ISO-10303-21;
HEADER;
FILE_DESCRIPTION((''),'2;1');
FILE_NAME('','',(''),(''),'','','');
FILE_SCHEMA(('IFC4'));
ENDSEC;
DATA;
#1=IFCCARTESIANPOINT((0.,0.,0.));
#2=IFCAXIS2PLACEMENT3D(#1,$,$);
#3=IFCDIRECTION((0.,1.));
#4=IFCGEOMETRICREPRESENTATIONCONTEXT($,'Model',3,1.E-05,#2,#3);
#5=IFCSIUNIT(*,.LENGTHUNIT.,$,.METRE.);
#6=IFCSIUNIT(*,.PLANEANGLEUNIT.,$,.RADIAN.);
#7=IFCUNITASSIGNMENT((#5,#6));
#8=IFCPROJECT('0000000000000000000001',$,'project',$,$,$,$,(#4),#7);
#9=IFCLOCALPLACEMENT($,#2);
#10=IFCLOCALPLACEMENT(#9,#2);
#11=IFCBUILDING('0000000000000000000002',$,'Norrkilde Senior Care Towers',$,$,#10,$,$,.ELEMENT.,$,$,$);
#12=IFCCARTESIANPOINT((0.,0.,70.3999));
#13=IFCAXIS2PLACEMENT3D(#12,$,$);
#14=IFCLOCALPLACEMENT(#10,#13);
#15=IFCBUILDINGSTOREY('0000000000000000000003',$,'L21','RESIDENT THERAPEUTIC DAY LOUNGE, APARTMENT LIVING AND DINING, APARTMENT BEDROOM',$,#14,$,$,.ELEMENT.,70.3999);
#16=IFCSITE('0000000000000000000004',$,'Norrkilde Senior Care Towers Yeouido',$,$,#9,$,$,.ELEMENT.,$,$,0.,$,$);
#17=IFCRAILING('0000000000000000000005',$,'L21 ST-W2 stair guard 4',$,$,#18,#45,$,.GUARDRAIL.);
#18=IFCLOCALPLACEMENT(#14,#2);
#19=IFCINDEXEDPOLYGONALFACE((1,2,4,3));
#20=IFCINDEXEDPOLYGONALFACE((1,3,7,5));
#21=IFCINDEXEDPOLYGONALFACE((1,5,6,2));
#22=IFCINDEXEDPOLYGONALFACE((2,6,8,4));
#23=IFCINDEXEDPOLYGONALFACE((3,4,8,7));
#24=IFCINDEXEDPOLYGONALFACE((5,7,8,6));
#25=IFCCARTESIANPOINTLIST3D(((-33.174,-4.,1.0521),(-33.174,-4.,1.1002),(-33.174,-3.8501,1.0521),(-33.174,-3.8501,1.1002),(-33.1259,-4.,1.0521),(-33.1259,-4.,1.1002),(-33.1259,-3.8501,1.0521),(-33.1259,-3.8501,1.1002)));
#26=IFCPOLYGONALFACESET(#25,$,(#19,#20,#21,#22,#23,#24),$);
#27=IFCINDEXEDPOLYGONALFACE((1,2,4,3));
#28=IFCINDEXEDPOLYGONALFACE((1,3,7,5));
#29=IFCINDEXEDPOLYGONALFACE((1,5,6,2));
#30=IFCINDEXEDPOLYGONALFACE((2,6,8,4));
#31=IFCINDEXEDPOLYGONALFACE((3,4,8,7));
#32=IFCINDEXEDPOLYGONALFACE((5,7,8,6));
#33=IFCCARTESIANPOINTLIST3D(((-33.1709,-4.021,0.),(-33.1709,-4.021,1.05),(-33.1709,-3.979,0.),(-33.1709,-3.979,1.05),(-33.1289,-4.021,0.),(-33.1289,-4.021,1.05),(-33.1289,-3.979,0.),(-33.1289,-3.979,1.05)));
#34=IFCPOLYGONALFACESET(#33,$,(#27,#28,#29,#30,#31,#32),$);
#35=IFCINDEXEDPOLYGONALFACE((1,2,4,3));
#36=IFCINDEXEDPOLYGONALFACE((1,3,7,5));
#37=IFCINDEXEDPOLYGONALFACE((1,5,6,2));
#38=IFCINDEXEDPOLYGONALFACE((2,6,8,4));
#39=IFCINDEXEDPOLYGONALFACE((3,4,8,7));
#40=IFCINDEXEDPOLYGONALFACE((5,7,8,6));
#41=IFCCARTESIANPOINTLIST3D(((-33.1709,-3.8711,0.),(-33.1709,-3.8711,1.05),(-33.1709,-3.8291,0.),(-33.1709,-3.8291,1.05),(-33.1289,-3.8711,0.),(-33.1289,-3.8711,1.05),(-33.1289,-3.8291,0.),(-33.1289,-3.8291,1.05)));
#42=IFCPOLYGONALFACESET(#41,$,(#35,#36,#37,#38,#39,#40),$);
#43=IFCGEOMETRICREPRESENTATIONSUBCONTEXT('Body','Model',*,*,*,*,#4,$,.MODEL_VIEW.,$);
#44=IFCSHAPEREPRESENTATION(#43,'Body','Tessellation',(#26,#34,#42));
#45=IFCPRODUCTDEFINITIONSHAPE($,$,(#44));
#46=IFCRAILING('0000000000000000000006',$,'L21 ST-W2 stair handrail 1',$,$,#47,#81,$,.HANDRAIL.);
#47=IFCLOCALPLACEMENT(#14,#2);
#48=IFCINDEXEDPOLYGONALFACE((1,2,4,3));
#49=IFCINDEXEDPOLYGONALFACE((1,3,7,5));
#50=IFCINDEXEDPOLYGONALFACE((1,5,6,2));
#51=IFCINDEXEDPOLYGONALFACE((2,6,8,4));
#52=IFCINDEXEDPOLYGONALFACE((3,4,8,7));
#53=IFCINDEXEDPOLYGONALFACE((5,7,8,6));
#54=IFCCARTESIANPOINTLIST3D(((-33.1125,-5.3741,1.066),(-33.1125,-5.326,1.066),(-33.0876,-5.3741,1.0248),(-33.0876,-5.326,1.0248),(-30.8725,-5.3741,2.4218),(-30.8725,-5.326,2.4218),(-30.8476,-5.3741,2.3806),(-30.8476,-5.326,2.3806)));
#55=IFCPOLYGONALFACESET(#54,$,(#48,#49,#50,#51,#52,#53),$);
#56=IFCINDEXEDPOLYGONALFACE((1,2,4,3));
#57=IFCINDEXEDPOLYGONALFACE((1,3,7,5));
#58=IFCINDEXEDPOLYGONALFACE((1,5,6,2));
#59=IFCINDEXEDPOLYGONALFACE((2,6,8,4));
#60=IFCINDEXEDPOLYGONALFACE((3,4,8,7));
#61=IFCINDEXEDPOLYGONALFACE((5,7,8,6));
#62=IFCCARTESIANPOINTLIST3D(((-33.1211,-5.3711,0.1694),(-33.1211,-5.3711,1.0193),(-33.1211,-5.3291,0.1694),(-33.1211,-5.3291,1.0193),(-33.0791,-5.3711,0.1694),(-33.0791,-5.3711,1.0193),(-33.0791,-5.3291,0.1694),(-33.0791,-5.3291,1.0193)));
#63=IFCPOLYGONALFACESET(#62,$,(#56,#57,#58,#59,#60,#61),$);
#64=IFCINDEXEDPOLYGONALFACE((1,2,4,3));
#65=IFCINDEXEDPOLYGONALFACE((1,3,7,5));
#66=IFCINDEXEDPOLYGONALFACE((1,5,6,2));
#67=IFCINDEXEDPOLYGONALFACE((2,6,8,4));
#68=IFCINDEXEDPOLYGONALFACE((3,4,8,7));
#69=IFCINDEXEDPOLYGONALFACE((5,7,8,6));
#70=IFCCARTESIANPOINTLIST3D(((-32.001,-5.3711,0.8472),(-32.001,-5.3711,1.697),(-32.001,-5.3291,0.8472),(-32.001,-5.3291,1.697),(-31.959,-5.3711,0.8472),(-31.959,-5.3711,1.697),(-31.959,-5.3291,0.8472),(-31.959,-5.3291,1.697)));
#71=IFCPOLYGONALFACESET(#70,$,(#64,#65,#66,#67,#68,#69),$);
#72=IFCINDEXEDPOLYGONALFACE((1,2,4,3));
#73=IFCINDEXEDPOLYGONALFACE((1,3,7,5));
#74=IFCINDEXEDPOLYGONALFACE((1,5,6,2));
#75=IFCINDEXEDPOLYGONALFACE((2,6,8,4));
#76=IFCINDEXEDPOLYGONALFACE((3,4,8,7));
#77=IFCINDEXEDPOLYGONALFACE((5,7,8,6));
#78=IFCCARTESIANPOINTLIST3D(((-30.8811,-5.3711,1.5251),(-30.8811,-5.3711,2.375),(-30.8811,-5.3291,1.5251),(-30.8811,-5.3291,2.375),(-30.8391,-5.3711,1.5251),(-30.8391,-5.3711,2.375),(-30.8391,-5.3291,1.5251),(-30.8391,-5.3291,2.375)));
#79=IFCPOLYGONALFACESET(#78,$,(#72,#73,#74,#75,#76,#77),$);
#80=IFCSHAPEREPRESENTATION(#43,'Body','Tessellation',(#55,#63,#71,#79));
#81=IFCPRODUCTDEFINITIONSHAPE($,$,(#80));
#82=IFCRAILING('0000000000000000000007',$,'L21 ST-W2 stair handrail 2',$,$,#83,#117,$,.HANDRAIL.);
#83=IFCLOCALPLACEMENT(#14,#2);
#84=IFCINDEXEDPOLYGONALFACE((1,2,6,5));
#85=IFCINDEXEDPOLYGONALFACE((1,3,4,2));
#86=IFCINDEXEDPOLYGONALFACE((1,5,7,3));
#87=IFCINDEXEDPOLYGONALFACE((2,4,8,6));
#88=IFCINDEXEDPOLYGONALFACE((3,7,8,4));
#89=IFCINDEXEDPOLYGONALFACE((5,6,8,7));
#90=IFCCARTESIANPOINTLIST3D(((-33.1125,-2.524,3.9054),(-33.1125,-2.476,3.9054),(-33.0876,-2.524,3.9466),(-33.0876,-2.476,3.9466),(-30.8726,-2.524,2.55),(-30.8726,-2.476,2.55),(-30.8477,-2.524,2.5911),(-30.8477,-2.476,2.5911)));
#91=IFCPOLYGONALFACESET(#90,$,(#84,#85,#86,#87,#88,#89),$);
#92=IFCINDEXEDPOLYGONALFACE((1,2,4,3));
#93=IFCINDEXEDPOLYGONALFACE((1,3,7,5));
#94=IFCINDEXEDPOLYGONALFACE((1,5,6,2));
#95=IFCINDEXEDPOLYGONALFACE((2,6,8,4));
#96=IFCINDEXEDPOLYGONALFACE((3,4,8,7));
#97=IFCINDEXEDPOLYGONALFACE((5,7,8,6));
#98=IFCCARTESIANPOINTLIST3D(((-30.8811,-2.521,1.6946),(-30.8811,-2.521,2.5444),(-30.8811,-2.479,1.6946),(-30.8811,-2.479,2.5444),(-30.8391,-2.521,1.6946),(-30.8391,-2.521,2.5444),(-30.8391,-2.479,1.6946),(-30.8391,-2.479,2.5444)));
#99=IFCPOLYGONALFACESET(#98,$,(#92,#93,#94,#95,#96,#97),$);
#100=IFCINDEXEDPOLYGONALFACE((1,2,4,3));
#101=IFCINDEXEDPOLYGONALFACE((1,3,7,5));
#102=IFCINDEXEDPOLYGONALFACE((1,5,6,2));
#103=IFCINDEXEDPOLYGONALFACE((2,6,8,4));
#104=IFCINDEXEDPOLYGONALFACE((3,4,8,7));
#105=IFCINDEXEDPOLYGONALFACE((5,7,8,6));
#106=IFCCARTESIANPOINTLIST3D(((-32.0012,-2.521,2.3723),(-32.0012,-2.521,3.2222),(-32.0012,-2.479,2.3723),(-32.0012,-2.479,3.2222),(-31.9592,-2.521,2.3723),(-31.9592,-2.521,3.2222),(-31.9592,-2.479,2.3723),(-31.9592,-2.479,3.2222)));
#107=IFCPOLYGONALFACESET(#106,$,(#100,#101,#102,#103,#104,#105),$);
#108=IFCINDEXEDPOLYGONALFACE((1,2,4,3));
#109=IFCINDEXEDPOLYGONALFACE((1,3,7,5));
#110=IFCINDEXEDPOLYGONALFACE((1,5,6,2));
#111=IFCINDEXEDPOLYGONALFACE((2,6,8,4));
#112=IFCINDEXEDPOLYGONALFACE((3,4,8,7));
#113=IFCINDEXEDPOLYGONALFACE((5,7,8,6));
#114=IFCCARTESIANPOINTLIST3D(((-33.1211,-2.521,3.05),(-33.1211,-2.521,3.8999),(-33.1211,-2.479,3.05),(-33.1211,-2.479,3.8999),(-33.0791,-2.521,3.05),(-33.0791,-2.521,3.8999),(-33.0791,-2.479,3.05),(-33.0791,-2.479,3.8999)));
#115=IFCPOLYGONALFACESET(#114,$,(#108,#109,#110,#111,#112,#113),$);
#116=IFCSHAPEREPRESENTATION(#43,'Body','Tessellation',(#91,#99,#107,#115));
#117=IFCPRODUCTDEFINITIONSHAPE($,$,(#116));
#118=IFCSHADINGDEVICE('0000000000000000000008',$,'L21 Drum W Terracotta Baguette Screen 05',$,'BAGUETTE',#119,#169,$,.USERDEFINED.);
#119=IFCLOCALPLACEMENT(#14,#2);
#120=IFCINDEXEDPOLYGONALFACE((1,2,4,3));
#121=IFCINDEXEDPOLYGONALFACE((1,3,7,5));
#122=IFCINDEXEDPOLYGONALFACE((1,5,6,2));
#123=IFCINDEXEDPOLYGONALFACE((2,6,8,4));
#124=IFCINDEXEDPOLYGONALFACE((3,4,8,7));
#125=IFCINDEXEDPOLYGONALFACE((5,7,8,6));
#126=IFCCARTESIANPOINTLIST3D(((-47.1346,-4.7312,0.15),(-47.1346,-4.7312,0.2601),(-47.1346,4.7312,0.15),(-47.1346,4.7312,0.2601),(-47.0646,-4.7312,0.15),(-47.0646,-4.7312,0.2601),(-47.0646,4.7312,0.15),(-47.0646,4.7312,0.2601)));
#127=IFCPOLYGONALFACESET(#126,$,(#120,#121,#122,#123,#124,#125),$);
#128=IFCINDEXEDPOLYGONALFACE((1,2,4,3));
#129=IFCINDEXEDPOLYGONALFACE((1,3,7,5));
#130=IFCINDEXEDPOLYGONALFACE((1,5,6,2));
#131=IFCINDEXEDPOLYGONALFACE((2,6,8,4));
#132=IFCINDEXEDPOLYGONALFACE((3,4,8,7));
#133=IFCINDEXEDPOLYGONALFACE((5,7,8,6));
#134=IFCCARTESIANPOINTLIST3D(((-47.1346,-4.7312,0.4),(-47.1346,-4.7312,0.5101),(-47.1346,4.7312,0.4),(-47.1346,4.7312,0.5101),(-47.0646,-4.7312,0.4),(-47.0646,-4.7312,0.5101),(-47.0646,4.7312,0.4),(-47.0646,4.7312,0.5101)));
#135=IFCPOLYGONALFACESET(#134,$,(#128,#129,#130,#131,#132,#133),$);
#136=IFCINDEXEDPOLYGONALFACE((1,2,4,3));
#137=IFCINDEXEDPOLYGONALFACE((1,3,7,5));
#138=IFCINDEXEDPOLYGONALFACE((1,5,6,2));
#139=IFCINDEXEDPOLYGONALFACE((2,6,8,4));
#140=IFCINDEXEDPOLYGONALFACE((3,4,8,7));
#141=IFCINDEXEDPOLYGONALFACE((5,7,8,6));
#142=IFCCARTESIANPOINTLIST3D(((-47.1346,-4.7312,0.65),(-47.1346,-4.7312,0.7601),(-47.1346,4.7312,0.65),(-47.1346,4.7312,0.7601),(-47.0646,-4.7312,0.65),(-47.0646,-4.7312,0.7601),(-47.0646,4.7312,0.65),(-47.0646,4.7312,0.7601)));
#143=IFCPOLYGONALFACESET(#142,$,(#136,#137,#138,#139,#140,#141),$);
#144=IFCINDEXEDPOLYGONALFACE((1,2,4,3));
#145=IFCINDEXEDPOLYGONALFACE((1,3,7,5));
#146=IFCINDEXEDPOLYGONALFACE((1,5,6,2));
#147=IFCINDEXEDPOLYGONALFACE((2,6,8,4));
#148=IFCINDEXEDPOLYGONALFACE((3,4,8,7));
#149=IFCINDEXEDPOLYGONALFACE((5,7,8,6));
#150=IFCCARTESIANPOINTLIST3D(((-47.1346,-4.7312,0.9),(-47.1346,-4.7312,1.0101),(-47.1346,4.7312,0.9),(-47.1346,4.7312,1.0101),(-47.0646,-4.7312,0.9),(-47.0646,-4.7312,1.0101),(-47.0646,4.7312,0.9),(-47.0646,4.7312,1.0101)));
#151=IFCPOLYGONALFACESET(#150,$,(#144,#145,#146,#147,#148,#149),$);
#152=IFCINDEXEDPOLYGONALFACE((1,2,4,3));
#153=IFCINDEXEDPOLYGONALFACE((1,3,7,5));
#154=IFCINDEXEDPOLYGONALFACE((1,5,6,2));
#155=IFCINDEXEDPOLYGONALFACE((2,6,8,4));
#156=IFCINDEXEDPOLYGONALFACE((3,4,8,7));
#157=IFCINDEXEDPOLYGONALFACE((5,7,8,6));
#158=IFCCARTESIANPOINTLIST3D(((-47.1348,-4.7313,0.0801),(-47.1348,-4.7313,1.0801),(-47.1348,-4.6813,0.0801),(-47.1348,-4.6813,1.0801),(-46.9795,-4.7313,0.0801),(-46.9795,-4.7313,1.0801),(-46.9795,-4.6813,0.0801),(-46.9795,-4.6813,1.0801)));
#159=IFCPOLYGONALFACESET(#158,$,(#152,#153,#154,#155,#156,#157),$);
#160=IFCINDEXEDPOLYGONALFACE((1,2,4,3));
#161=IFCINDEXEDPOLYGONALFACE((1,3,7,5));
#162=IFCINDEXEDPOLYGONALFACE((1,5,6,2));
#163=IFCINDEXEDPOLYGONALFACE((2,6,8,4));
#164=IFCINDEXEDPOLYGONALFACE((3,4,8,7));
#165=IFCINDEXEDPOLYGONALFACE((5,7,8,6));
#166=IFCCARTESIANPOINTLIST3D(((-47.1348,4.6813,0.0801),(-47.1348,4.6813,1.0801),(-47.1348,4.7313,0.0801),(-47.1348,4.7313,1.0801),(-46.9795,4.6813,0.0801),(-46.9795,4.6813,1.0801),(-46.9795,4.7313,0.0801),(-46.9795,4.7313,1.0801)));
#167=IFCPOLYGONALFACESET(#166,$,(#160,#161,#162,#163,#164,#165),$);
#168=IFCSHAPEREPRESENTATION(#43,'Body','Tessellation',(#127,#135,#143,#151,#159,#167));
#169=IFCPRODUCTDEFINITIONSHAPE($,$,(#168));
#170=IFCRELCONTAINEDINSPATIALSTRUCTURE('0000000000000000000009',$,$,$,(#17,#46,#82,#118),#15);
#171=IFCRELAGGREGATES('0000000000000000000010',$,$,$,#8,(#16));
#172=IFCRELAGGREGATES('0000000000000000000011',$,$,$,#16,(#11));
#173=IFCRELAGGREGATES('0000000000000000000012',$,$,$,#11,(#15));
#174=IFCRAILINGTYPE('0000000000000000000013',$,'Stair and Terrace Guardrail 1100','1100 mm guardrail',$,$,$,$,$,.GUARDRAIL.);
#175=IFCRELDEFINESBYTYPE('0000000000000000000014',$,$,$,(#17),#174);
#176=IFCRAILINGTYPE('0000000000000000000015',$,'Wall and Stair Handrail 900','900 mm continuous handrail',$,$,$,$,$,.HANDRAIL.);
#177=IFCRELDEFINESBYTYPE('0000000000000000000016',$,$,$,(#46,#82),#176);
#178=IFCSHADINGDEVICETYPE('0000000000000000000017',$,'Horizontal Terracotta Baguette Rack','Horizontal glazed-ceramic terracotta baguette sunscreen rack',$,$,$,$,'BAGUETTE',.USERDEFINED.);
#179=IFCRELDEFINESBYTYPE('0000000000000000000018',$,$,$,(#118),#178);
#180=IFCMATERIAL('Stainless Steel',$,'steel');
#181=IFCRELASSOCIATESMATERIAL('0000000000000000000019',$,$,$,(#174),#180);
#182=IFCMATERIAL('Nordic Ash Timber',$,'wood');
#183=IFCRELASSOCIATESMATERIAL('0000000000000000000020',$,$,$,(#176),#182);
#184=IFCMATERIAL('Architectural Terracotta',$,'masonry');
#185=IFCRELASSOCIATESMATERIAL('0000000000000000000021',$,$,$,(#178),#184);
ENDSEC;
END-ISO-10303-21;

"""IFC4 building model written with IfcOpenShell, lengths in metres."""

from ifc_helpers import new_model, si_unit, direction, frame, origin, origin_2d, place, context, subcontext, project, spatial, rectangle, extrude, source, transform, mapped, material, type_object, type_shapes, element, save


model = new_model("IFC4")

# Units and contexts
model_context = context("Model", 3, precision=1e-05, world=origin(), true_north=direction((0.0, 1.0)))
body_context = subcontext(model_context, "Body", "Model", "MODEL_VIEW")
ifc_project = project(units=[si_unit("LENGTHUNIT", "METRE"), si_unit("PLANEANGLEUNIT", "RADIAN")], contexts=[model_context])

# Site, building, storey
site_placement = place(None, origin())
site = spatial("IfcSite", under=ifc_project, at=site_placement, Name="Norrkilde Senior Care Towers Yeouido", CompositionType="ELEMENT", RefElevation=0.0)
building_placement = place(site_placement, origin())
building = spatial("IfcBuilding", under=site, at=building_placement, Name="Norrkilde Senior Care Towers", CompositionType="ELEMENT")
storey_placement = place(building_placement, frame((0.0, 0.0, 70.3999)))
storey = spatial("IfcBuildingStorey", under=building, at=storey_placement, Name="L21", Description="RESIDENT THERAPEUTIC DAY LOUNGE, APARTMENT LIVING AND DINING, APARTMENT BEDROOM", CompositionType="ELEMENT", Elevation=70.3999)

# Shared definitions
ifc_material_1 = material(Name="Stainless Steel", Category="steel")

# Railings
railing_type_1 = type_object("IfcRailingType", Name="Stair and Terrace Guardrail 1100", Description="1100 mm guardrail", PredefinedType="GUARDRAIL", material=ifc_material_1)
railing_1_placement = place(storey_placement, frame((-33.1499, -4.0, 0.0)))
element("IfcRailing", 1, at=railing_1_placement, inside=storey, type_object=railing_type_1, Name="L21 ST-W2 stair guard 4", PredefinedType="GUARDRAIL", context=body_context, shape_type="SweptSolid", body=[
    extrude(rectangle(XDim=0.0481, YDim=0.0481, at=origin_2d()), frame((0.0, 0.0, 1.0762), z_axis=(0.0, 1.0, 0.0), x_axis=(-1.0, 0.0, 0.0)), (0.0, 0.0, 1.0), 0.1499),
    extrude(rectangle(XDim=0.042, YDim=0.042, at=origin_2d()), origin(), (0.0, 0.0, 1.0), 1.05),
    extrude(rectangle(XDim=0.042, YDim=0.042, at=origin_2d()), frame((0.0, 0.1499, 0.0)), (0.0, 0.0, 1.0), 1.05),
])
ifc_material_2 = material(Name="Nordic Ash Timber", Category="wood")
railing_type_2 = type_object("IfcRailingType", Name="Wall and Stair Handrail 900", Description="900 mm continuous handrail", PredefinedType="HANDRAIL", material=ifc_material_2)
railing_2_placement = place(storey_placement, frame((-33.1001, -5.3501, 0.1694)))
element("IfcRailing", 2, at=railing_2_placement, inside=storey, type_object=railing_type_2, Name="L21 ST-W2 stair handrail 1", PredefinedType="HANDRAIL", context=body_context, shape_type="SweptSolid", body=[
    extrude(rectangle(XDim=0.0481, YDim=0.0481, at=origin_2d()), frame((0.0, 0.0, 0.876), z_axis=(0.855512, 0.0, 0.517783), x_axis=(0.0, 1.0, 0.0)), (0.0, 0.0, 1.0), 2.6184),
    extrude(rectangle(XDim=0.042, YDim=0.042, at=origin_2d()), origin(), (0.0, 0.0, 1.0), 0.8499),
    extrude(rectangle(XDim=0.042, YDim=0.042, at=origin_2d()), frame((1.1201, 0.0, 0.6777)), (0.0, 0.0, 1.0), 0.8499),
    extrude(rectangle(XDim=0.042, YDim=0.042, at=origin_2d()), frame((2.24, 0.0, 1.3557)), (0.0, 0.0, 1.0), 0.8499),
])
railing_3_placement = place(storey_placement, frame((-30.8601, -2.5, 1.6946)))
element("IfcRailing", 3, at=railing_3_placement, inside=storey, type_object=railing_type_2, Name="L21 ST-W2 stair handrail 2", PredefinedType="HANDRAIL", context=body_context, shape_type="SweptSolid", body=[
    extrude(rectangle(XDim=0.0481, YDim=0.0481, at=origin_2d()), frame((0.0, 0.0, 0.876), z_axis=(-0.855553, 0.0, 0.517715), x_axis=(0.0, -1.0, 0.0)), (0.0, 0.0, 1.0), 2.6182),
    extrude(rectangle(XDim=0.042, YDim=0.042, at=origin_2d()), origin(), (0.0, 0.0, 1.0), 0.8499),
    extrude(rectangle(XDim=0.042, YDim=0.042, at=origin_2d()), frame((-1.1201, 0.0, 0.6777)), (0.0, 0.0, 1.0), 0.8499),
    extrude(rectangle(XDim=0.042, YDim=0.042, at=origin_2d()), frame((-2.24, 0.0, 1.3555)), (0.0, 0.0, 1.0), 0.8499),
])

# Shading device
ifc_material_3 = material(Name="Architectural Terracotta", Category="masonry")
shading_device_type = type_object("IfcShadingDeviceType", Name="Horizontal Terracotta Baguette Rack", Description="Horizontal glazed-ceramic terracotta baguette sunscreen rack", ElementType="BAGUETTE", PredefinedType="USERDEFINED", material=ifc_material_3)
shared_shape_1 = source(origin(), body_context, "Body", "SweptSolid", [
    extrude(rectangle(XDim=0.0701, YDim=0.1101, at=origin_2d()), frame((0.0, 0.0901, 0.125), z_axis=(1.0, 0.0, 0.0), x_axis=(0.0, 1.0, 0.0)), (0.0, 0.0, 1.0), 9.4624),
    extrude(rectangle(XDim=0.0701, YDim=0.1101, at=origin_2d()), frame((0.0, 0.0901, 0.375), z_axis=(1.0, 0.0, 0.0), x_axis=(0.0, 1.0, 0.0)), (0.0, 0.0, 1.0), 9.4624),
    extrude(rectangle(XDim=0.0701, YDim=0.1101, at=origin_2d()), frame((0.0, 0.0901, 0.625), z_axis=(1.0, 0.0, 0.0), x_axis=(0.0, 1.0, 0.0)), (0.0, 0.0, 1.0), 9.4624),
    extrude(rectangle(XDim=0.0701, YDim=0.1101, at=origin_2d()), frame((0.0, 0.0901, 0.875), z_axis=(1.0, 0.0, 0.0), x_axis=(0.0, 1.0, 0.0)), (0.0, 0.0, 1.0), 9.4624),
    extrude(rectangle(XDim=0.05, YDim=0.1553, at=origin_2d()), frame((0.0249, 0.0476, 0.0)), (0.0, 0.0, 1.0), 1.0),
    extrude(rectangle(XDim=0.05, YDim=0.1553, at=origin_2d()), frame((9.4375, 0.0476, 0.0)), (0.0, 0.0, 1.0), 1.0),
])
type_shapes(shading_device_type, [shared_shape_1])
shading_device_placement = place(storey_placement, frame((-47.0095, -4.7312, 0.0801), z_axis=(0.0, 0.0, 1.0), x_axis=(0.0, 1.0, 0.0)))
element("IfcShadingDevice", 4, at=shading_device_placement, inside=storey, type_object=shading_device_type, Name="L21 Drum W Terracotta Baguette Screen 05", ObjectType="BAGUETTE", PredefinedType="USERDEFINED", context=body_context, shape_type="MappedRepresentation", body=[
    mapped(shared_shape_1, transform((0.0, 0.0, 0.0), x_axis=(1.0, 0.0, 0.0), y_axis=(0.0, 1.0, 0.0), z_axis=(0.0, 0.0, 1.0), scale=1.0)),
])

save(model, "model.ifc")
